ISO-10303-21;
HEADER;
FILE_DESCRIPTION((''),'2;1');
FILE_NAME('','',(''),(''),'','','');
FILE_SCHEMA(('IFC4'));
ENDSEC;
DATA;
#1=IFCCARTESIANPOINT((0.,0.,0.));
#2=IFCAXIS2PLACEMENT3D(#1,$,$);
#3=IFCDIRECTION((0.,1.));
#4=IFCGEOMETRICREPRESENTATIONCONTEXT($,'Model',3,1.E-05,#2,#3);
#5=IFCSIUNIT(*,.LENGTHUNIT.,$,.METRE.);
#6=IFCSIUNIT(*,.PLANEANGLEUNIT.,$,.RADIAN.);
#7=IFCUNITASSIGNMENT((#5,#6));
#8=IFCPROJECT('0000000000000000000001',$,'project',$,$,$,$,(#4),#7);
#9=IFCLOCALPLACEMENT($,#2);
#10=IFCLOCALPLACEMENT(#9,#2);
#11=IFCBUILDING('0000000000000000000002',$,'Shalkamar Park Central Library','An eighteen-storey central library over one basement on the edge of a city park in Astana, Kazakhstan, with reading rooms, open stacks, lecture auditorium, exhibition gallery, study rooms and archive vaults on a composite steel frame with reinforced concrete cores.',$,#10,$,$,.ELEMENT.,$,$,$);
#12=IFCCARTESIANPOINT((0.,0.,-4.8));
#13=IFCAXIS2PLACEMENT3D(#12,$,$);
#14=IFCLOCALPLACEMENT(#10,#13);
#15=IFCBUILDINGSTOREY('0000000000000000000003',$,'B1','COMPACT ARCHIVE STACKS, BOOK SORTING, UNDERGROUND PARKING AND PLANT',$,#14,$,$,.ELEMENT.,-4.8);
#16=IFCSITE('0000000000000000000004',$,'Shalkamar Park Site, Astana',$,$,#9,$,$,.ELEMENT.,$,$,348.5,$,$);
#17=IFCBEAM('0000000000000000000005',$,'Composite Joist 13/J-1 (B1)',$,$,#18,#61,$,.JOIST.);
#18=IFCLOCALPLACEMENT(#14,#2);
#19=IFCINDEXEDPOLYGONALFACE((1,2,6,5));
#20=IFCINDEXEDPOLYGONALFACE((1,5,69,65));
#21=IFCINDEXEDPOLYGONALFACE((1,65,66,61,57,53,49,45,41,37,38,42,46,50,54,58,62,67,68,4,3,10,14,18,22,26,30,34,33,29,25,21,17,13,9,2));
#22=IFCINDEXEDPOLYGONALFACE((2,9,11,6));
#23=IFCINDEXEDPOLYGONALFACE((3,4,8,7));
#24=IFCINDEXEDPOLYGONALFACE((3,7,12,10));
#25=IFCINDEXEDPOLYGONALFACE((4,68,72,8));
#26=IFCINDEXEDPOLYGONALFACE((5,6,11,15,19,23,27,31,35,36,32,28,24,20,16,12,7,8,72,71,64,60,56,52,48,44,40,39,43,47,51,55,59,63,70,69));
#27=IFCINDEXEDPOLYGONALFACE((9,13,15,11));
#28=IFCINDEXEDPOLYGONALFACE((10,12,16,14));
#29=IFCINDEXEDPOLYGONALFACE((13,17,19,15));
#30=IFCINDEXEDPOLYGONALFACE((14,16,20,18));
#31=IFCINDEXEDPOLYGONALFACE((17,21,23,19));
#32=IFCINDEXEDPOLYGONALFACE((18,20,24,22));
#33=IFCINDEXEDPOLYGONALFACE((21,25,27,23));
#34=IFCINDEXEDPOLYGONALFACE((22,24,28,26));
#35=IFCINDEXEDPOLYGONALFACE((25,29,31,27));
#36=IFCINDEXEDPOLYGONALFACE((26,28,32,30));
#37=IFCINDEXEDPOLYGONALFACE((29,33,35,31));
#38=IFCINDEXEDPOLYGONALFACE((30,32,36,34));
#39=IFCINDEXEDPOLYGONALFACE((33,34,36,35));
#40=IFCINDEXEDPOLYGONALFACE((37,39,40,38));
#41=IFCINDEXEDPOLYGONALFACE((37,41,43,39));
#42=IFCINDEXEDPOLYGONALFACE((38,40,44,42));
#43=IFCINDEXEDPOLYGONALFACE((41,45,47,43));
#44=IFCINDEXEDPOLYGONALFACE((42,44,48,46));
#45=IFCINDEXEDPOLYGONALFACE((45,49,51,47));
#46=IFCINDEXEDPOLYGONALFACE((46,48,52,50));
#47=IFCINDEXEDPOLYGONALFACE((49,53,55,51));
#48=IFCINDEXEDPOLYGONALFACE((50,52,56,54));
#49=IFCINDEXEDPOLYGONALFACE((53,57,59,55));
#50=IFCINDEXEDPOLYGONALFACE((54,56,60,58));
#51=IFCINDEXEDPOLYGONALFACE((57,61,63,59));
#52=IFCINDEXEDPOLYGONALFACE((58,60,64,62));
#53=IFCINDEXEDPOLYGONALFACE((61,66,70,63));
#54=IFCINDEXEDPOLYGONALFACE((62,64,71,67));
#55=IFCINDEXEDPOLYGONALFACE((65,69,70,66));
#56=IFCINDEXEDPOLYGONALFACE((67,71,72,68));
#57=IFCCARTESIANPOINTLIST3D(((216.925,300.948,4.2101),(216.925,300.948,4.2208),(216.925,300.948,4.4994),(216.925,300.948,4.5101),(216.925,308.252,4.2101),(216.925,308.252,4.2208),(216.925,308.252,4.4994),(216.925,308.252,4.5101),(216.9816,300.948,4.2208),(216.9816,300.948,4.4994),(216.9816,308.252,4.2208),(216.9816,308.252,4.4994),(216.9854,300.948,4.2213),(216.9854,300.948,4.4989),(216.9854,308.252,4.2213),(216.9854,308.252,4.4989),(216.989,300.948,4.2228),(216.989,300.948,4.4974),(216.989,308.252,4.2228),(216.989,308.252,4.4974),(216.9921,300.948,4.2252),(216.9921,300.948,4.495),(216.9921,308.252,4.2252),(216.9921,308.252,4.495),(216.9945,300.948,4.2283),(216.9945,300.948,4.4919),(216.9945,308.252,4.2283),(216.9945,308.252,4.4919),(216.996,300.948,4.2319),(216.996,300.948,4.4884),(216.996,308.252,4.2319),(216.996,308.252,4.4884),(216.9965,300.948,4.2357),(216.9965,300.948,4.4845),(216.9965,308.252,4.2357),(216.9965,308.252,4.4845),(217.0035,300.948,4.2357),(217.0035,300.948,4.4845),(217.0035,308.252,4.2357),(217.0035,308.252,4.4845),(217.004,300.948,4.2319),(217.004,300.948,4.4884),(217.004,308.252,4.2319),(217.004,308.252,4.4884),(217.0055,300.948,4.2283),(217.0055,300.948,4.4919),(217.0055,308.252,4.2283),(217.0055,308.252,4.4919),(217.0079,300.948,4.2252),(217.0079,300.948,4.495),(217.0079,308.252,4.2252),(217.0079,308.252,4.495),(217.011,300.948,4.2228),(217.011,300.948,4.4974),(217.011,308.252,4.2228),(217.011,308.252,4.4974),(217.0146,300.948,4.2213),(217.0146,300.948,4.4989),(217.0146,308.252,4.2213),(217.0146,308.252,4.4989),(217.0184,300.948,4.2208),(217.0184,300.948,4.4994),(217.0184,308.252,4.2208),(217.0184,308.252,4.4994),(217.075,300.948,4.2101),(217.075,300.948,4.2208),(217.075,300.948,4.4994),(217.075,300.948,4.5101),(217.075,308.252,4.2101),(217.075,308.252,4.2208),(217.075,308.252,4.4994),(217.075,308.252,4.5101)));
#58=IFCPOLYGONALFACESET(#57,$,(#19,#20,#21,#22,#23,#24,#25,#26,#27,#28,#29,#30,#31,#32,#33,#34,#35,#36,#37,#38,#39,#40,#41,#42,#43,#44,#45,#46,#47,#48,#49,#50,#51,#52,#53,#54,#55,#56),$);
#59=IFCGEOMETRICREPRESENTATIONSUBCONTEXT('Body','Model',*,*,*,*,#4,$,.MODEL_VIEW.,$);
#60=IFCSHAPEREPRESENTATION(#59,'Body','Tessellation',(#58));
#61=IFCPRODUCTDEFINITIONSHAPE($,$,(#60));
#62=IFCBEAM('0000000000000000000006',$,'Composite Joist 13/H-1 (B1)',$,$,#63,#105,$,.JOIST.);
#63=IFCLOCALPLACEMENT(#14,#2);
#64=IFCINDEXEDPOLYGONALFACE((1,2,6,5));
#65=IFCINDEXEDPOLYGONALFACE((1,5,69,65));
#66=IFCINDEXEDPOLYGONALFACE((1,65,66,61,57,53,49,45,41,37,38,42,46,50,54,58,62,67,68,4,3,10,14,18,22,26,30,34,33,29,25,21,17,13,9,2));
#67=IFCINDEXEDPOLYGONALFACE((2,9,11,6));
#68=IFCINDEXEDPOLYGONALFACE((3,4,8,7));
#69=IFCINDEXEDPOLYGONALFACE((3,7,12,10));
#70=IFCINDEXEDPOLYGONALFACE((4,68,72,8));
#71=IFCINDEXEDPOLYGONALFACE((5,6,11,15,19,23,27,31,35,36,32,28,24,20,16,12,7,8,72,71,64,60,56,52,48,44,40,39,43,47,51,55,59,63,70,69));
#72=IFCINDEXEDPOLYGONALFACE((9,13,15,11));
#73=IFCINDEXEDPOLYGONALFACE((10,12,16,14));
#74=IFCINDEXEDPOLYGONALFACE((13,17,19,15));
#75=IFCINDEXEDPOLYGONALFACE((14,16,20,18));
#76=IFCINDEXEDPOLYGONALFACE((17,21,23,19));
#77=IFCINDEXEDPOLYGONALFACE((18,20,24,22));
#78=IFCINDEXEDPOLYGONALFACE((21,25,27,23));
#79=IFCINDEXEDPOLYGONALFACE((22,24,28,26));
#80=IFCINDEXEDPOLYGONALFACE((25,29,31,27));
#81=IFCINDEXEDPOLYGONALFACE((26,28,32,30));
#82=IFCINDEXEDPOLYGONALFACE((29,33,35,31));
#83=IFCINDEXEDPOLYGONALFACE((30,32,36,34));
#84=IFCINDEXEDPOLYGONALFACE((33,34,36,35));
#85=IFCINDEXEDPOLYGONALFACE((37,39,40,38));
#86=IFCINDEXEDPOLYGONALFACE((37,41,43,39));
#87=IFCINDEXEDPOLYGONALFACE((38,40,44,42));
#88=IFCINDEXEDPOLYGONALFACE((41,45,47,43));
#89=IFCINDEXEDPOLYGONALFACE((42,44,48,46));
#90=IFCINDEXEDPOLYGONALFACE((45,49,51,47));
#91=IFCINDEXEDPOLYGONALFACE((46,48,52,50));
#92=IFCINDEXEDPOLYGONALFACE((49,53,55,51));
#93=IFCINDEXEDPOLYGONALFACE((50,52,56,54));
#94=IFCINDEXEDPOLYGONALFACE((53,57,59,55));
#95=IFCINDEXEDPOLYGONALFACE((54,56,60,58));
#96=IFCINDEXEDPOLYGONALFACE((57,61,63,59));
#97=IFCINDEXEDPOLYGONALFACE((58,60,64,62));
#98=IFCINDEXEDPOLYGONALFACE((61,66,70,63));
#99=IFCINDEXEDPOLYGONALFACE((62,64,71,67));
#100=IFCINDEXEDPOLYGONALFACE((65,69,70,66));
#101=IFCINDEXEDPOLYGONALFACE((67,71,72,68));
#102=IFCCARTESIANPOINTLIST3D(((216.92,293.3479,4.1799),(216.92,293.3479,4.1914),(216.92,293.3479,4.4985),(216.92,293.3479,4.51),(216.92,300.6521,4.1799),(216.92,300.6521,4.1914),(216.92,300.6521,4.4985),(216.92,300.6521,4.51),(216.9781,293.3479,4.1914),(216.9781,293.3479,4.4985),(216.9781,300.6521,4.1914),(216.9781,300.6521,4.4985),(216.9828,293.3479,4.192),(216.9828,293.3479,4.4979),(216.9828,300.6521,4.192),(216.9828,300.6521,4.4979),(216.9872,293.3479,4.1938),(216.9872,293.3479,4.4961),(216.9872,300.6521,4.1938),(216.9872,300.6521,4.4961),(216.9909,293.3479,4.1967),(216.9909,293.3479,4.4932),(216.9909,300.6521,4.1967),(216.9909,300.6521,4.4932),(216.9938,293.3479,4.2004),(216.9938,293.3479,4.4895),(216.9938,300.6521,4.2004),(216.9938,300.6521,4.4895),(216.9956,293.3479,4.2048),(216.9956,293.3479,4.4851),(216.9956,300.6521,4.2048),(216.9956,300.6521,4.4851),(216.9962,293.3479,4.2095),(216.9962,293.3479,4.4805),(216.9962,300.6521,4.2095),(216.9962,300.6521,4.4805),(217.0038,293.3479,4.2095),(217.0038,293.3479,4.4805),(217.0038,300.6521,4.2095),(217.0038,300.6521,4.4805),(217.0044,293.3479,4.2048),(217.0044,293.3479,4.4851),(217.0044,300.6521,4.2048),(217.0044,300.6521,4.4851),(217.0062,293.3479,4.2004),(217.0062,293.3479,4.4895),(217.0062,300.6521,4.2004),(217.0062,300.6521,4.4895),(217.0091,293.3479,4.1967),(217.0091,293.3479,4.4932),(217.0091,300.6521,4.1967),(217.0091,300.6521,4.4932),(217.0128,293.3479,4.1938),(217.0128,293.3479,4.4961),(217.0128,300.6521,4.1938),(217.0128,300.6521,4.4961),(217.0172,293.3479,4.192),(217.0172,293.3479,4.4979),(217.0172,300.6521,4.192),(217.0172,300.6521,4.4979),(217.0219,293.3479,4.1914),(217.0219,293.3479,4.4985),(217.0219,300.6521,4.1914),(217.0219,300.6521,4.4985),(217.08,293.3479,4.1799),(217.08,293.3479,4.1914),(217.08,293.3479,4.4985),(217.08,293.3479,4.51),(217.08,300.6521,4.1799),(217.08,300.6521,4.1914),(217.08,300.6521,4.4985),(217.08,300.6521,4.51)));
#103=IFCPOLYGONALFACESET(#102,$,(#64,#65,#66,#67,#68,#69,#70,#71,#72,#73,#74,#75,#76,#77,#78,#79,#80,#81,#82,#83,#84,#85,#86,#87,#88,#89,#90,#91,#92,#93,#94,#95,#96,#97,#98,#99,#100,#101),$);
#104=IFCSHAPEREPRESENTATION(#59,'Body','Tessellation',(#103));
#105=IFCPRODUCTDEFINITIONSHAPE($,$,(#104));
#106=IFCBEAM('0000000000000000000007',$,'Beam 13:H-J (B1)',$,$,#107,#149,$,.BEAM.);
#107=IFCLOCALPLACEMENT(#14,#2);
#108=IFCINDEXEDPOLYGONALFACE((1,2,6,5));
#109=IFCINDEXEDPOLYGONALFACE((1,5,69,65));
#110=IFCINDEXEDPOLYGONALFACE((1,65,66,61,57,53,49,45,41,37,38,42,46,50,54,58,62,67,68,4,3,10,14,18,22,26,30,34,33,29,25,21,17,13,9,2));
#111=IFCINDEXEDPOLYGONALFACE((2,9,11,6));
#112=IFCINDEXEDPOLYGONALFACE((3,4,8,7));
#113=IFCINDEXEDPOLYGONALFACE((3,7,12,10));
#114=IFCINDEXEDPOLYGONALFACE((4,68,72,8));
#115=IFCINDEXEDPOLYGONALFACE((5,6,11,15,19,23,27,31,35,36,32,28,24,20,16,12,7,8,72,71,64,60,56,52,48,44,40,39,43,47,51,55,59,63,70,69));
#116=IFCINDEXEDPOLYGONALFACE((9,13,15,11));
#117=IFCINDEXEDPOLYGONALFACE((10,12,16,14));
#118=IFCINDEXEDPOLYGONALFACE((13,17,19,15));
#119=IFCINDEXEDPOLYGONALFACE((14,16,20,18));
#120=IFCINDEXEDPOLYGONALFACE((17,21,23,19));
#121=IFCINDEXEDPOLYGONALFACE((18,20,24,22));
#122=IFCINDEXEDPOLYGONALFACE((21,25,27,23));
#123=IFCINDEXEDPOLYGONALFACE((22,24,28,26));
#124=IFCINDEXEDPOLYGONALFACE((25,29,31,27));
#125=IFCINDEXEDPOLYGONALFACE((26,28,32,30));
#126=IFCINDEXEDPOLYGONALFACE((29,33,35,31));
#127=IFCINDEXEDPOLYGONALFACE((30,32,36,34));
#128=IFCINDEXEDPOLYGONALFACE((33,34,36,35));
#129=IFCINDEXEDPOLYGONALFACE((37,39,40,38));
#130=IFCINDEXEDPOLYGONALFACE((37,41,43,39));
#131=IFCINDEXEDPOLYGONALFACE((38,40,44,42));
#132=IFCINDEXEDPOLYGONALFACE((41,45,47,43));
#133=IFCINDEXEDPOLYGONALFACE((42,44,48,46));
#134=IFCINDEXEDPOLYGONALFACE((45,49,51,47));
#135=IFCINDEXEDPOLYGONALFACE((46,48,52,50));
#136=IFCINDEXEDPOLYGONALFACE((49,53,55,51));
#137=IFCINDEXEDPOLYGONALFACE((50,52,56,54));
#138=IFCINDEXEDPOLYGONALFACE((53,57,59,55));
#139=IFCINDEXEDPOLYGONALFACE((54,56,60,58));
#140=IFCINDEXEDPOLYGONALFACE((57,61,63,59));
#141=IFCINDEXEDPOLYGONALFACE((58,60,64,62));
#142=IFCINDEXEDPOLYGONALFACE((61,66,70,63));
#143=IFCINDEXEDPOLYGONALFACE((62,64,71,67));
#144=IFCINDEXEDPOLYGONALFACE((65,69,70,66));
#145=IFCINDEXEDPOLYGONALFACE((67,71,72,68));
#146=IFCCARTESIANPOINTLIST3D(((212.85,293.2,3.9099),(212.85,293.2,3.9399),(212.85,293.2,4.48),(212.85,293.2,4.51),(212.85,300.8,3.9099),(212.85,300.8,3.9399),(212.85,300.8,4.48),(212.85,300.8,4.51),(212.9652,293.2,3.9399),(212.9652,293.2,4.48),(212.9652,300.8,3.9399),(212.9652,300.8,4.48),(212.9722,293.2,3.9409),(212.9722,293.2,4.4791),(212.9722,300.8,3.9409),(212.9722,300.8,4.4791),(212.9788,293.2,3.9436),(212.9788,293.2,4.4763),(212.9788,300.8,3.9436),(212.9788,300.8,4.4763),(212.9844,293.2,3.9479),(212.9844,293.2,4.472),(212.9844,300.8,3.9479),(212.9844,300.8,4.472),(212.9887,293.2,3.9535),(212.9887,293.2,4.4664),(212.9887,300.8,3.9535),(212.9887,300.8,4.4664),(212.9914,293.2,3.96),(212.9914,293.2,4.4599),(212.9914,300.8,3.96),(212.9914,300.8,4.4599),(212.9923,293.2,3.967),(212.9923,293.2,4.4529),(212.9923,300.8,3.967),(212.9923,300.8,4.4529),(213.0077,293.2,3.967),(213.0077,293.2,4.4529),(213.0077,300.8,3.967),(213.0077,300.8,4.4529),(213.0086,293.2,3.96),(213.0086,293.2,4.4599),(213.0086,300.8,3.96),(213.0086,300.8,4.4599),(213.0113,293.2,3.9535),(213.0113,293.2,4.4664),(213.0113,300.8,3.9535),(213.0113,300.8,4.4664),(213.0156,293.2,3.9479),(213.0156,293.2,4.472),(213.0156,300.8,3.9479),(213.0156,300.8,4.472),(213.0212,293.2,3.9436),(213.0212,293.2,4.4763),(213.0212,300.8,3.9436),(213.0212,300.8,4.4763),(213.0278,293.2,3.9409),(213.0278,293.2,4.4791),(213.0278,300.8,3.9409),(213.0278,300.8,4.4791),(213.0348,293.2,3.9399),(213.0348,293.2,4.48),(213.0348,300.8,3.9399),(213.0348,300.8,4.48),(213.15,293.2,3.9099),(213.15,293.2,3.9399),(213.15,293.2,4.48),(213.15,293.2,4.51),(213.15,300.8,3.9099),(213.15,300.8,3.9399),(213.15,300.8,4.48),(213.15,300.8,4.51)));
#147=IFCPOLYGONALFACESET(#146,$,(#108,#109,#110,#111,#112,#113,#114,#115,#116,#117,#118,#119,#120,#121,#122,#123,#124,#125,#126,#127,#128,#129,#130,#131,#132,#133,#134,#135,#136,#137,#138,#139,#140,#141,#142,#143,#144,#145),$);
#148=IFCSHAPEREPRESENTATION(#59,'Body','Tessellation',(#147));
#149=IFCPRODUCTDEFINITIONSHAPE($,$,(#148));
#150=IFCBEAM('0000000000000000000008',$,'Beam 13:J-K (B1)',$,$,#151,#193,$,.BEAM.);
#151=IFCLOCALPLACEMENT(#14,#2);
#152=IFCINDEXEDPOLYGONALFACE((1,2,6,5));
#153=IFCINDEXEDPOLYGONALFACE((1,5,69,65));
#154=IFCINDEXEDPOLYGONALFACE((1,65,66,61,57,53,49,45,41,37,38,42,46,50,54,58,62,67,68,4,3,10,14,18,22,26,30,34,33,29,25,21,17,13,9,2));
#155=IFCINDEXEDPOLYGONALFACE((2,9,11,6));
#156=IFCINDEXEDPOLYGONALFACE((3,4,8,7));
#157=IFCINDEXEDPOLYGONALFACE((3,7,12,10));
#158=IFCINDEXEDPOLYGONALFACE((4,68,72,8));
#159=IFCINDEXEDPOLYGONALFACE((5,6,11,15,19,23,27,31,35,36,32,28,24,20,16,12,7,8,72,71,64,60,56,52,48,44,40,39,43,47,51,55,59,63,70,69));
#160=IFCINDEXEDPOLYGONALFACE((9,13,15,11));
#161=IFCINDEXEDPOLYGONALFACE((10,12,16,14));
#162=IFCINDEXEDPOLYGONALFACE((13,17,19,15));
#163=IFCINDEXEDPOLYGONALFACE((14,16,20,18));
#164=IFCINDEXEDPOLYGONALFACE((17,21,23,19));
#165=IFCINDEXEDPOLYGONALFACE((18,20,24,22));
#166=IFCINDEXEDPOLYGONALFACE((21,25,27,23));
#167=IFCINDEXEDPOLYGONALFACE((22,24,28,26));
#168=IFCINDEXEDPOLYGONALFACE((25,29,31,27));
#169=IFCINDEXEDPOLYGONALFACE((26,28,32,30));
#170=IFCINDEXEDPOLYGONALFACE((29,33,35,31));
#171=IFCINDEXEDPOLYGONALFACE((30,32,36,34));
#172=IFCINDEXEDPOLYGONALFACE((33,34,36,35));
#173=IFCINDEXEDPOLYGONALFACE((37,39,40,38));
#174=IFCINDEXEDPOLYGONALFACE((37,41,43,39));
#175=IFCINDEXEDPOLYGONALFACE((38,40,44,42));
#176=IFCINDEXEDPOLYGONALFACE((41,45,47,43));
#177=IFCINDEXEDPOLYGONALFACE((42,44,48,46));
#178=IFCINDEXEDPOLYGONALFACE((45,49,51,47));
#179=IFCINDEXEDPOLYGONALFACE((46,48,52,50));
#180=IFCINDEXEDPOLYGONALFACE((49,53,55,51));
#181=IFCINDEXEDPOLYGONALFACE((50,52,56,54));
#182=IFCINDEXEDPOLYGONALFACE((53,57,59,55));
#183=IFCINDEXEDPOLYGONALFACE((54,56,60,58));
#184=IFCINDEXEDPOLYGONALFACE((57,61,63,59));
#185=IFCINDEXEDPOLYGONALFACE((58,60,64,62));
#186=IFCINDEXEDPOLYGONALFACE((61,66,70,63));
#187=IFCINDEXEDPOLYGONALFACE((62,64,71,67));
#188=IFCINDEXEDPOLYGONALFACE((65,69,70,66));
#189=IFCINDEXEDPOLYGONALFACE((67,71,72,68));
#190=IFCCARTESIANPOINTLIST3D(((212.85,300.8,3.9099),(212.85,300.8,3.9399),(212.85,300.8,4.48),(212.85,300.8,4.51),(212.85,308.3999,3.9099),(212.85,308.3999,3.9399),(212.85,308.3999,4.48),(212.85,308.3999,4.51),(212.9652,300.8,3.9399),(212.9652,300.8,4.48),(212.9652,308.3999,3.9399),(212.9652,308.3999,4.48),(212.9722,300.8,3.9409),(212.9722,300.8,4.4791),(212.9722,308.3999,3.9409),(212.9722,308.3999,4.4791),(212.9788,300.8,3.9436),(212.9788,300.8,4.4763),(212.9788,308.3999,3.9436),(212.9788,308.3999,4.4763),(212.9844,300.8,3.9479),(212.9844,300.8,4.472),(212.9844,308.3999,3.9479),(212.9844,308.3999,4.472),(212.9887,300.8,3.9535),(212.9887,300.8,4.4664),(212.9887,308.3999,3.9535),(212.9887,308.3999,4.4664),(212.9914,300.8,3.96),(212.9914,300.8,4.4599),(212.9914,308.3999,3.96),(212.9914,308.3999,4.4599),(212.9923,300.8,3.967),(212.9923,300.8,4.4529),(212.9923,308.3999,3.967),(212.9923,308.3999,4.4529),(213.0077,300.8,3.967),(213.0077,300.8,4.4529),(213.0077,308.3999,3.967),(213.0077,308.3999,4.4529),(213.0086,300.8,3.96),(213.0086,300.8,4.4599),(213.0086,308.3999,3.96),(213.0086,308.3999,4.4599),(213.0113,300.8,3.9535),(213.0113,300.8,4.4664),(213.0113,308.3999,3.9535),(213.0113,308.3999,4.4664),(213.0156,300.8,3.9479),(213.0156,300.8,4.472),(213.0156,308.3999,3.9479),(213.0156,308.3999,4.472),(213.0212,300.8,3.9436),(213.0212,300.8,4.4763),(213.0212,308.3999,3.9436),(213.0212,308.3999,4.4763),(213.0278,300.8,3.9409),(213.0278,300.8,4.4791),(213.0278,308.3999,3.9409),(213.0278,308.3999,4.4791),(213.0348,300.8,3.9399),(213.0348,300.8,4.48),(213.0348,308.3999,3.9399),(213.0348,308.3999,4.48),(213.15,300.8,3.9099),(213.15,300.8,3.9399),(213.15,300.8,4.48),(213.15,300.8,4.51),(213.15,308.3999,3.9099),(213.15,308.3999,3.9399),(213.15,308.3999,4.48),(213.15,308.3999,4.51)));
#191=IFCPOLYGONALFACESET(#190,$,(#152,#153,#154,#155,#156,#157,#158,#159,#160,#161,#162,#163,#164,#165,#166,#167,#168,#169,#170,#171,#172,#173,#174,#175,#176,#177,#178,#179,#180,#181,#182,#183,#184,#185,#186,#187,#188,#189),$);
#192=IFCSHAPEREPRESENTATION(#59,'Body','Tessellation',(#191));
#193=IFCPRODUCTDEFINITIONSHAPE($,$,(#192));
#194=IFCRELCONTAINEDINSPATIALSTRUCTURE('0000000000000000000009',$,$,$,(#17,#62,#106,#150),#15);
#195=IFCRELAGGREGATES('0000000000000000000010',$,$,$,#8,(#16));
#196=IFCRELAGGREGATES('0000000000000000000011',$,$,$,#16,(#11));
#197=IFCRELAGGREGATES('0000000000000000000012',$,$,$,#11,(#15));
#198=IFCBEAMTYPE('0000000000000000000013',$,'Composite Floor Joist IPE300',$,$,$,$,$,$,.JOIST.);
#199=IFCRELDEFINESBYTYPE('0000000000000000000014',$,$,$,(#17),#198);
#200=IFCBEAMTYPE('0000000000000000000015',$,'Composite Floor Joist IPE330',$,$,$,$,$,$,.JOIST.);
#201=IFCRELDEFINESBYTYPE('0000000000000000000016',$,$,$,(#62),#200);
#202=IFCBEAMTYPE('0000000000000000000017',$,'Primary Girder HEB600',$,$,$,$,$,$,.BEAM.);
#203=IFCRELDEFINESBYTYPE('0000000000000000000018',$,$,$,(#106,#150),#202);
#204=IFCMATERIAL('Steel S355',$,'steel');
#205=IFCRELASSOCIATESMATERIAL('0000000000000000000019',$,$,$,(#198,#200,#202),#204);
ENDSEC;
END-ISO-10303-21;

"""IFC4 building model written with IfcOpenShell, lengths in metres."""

from ifc_helpers import new_model, si_unit, direction, frame, origin, origin_2d, place, context, subcontext, project, spatial, i_section, extrude, material, material_profile, profile_set, type_object, element, save


model = new_model("IFC4")

# Units and contexts
model_context = context("Model", 3, precision=1e-05, world=origin(), true_north=direction((0.0, 1.0)))
body_context = subcontext(model_context, "Body", "Model", "MODEL_VIEW")
ifc_project = project(units=[si_unit("LENGTHUNIT", "METRE"), si_unit("PLANEANGLEUNIT", "RADIAN")], contexts=[model_context])

# Site, building, storey
site_placement = place(None, origin())
site = spatial("IfcSite", under=ifc_project, at=site_placement, Name="Shalkamar Park Site, Astana", CompositionType="ELEMENT", RefElevation=348.5)
building_placement = place(site_placement, origin())
building = spatial("IfcBuilding", under=site, at=building_placement, Name="Shalkamar Park Central Library", Description="An eighteen-storey central library over one basement on the edge of a city park in Astana, Kazakhstan, with reading rooms, open stacks, lecture auditorium, exhibition gallery, study rooms and archive vaults on a composite steel frame with reinforced concrete cores.", CompositionType="ELEMENT")
storey_placement = place(building_placement, frame((0.0, 0.0, -4.8)))
storey = spatial("IfcBuildingStorey", under=building, at=storey_placement, Name="B1", Description="COMPACT ARCHIVE STACKS, BOOK SORTING, UNDERGROUND PARKING AND PLANT", CompositionType="ELEMENT", Elevation=-4.8)

# Shared definitions
ifc_material_1 = material(Name="Steel S355", Category="steel")

# Beams
ifc_material_profile_1 = material_profile(ifc_material_1, i_section(OverallWidth=0.1499, OverallDepth=0.3, WebThickness=0.0071, FlangeThickness=0.0107, FilletRadius=0.0149, at=origin_2d()), Name="IPE 300")
ifc_profile_set_1 = profile_set([ifc_material_profile_1], Name="Steel S355")
beam_type_1 = type_object("IfcBeamType", Name="Composite Floor Joist IPE300", PredefinedType="JOIST", material=ifc_profile_set_1)
beam_1_placement = place(storey_placement, frame((217.0, 300.948, 4.3601), z_axis=(0.0, 1.0, 0.0), x_axis=(-1.0, 0.0, 0.0)))
element("IfcBeam", 1, at=beam_1_placement, inside=storey, type_object=beam_type_1, Name="Composite Joist 13/J-1 (B1)", PredefinedType="JOIST", context=body_context, shape_type="SweptSolid", body=[
    extrude(i_section(OverallWidth=0.1499, OverallDepth=0.3, WebThickness=0.0071, FlangeThickness=0.0107, FilletRadius=0.0149, at=origin_2d()), origin(), (0.0, 0.0, 1.0), 7.304),
])
ifc_material_profile_2 = material_profile(ifc_material_1, i_section(OverallWidth=0.1599, OverallDepth=0.3301, WebThickness=0.0076, FlangeThickness=0.0115, FilletRadius=0.0181, at=origin_2d()), Name="IPE 330")
ifc_profile_set_2 = profile_set([ifc_material_profile_2], Name="Steel S355")
beam_type_2 = type_object("IfcBeamType", Name="Composite Floor Joist IPE330", PredefinedType="JOIST", material=ifc_profile_set_2)
beam_2_placement = place(storey_placement, frame((217.0, 293.3479, 4.345), z_axis=(0.0, 1.0, 0.0), x_axis=(-1.0, 0.0, 0.0)))
element("IfcBeam", 2, at=beam_2_placement, inside=storey, type_object=beam_type_2, Name="Composite Joist 13/H-1 (B1)", PredefinedType="JOIST", context=body_context, shape_type="SweptSolid", body=[
    extrude(i_section(OverallWidth=0.1599, OverallDepth=0.3301, WebThickness=0.0076, FlangeThickness=0.0115, FilletRadius=0.0181, at=origin_2d()), origin(), (0.0, 0.0, 1.0), 7.3042),
])
ifc_material_profile_3 = material_profile(ifc_material_1, i_section(OverallWidth=0.3, OverallDepth=0.6001, WebThickness=0.0154, FlangeThickness=0.03, FilletRadius=0.0271, at=origin_2d()), Name="HEB 600")
ifc_profile_set_3 = profile_set([ifc_material_profile_3], Name="Steel S355")
beam_type_3 = type_object("IfcBeamType", Name="Primary Girder HEB600", PredefinedType="BEAM", material=ifc_profile_set_3)
beam_3_placement = place(storey_placement, frame((213.0, 293.2, 4.21), z_axis=(0.0, 1.0, 0.0), x_axis=(-1.0, 0.0, 0.0)))
element("IfcBeam", 3, at=beam_3_placement, inside=storey, type_object=beam_type_3, Name="Beam 13:H-J (B1)", PredefinedType="BEAM", context=body_context, shape_type="SweptSolid", body=[
    extrude(i_section(OverallWidth=0.3, OverallDepth=0.6001, WebThickness=0.0154, FlangeThickness=0.03, FilletRadius=0.0271, at=origin_2d()), origin(), (0.0, 0.0, 1.0), 7.6001),
])
beam_4_placement = place(storey_placement, frame((213.0, 300.8, 4.21), z_axis=(0.0, 1.0, 0.0), x_axis=(-1.0, 0.0, 0.0)))
element("IfcBeam", 4, at=beam_4_placement, inside=storey, type_object=beam_type_3, Name="Beam 13:J-K (B1)", PredefinedType="BEAM", context=body_context, shape_type="SweptSolid", body=[
    extrude(i_section(OverallWidth=0.3, OverallDepth=0.6001, WebThickness=0.0154, FlangeThickness=0.03, FilletRadius=0.0271, at=origin_2d()), origin(), (0.0, 0.0, 1.0), 7.5999),
])

save(model, "model.ifc")
